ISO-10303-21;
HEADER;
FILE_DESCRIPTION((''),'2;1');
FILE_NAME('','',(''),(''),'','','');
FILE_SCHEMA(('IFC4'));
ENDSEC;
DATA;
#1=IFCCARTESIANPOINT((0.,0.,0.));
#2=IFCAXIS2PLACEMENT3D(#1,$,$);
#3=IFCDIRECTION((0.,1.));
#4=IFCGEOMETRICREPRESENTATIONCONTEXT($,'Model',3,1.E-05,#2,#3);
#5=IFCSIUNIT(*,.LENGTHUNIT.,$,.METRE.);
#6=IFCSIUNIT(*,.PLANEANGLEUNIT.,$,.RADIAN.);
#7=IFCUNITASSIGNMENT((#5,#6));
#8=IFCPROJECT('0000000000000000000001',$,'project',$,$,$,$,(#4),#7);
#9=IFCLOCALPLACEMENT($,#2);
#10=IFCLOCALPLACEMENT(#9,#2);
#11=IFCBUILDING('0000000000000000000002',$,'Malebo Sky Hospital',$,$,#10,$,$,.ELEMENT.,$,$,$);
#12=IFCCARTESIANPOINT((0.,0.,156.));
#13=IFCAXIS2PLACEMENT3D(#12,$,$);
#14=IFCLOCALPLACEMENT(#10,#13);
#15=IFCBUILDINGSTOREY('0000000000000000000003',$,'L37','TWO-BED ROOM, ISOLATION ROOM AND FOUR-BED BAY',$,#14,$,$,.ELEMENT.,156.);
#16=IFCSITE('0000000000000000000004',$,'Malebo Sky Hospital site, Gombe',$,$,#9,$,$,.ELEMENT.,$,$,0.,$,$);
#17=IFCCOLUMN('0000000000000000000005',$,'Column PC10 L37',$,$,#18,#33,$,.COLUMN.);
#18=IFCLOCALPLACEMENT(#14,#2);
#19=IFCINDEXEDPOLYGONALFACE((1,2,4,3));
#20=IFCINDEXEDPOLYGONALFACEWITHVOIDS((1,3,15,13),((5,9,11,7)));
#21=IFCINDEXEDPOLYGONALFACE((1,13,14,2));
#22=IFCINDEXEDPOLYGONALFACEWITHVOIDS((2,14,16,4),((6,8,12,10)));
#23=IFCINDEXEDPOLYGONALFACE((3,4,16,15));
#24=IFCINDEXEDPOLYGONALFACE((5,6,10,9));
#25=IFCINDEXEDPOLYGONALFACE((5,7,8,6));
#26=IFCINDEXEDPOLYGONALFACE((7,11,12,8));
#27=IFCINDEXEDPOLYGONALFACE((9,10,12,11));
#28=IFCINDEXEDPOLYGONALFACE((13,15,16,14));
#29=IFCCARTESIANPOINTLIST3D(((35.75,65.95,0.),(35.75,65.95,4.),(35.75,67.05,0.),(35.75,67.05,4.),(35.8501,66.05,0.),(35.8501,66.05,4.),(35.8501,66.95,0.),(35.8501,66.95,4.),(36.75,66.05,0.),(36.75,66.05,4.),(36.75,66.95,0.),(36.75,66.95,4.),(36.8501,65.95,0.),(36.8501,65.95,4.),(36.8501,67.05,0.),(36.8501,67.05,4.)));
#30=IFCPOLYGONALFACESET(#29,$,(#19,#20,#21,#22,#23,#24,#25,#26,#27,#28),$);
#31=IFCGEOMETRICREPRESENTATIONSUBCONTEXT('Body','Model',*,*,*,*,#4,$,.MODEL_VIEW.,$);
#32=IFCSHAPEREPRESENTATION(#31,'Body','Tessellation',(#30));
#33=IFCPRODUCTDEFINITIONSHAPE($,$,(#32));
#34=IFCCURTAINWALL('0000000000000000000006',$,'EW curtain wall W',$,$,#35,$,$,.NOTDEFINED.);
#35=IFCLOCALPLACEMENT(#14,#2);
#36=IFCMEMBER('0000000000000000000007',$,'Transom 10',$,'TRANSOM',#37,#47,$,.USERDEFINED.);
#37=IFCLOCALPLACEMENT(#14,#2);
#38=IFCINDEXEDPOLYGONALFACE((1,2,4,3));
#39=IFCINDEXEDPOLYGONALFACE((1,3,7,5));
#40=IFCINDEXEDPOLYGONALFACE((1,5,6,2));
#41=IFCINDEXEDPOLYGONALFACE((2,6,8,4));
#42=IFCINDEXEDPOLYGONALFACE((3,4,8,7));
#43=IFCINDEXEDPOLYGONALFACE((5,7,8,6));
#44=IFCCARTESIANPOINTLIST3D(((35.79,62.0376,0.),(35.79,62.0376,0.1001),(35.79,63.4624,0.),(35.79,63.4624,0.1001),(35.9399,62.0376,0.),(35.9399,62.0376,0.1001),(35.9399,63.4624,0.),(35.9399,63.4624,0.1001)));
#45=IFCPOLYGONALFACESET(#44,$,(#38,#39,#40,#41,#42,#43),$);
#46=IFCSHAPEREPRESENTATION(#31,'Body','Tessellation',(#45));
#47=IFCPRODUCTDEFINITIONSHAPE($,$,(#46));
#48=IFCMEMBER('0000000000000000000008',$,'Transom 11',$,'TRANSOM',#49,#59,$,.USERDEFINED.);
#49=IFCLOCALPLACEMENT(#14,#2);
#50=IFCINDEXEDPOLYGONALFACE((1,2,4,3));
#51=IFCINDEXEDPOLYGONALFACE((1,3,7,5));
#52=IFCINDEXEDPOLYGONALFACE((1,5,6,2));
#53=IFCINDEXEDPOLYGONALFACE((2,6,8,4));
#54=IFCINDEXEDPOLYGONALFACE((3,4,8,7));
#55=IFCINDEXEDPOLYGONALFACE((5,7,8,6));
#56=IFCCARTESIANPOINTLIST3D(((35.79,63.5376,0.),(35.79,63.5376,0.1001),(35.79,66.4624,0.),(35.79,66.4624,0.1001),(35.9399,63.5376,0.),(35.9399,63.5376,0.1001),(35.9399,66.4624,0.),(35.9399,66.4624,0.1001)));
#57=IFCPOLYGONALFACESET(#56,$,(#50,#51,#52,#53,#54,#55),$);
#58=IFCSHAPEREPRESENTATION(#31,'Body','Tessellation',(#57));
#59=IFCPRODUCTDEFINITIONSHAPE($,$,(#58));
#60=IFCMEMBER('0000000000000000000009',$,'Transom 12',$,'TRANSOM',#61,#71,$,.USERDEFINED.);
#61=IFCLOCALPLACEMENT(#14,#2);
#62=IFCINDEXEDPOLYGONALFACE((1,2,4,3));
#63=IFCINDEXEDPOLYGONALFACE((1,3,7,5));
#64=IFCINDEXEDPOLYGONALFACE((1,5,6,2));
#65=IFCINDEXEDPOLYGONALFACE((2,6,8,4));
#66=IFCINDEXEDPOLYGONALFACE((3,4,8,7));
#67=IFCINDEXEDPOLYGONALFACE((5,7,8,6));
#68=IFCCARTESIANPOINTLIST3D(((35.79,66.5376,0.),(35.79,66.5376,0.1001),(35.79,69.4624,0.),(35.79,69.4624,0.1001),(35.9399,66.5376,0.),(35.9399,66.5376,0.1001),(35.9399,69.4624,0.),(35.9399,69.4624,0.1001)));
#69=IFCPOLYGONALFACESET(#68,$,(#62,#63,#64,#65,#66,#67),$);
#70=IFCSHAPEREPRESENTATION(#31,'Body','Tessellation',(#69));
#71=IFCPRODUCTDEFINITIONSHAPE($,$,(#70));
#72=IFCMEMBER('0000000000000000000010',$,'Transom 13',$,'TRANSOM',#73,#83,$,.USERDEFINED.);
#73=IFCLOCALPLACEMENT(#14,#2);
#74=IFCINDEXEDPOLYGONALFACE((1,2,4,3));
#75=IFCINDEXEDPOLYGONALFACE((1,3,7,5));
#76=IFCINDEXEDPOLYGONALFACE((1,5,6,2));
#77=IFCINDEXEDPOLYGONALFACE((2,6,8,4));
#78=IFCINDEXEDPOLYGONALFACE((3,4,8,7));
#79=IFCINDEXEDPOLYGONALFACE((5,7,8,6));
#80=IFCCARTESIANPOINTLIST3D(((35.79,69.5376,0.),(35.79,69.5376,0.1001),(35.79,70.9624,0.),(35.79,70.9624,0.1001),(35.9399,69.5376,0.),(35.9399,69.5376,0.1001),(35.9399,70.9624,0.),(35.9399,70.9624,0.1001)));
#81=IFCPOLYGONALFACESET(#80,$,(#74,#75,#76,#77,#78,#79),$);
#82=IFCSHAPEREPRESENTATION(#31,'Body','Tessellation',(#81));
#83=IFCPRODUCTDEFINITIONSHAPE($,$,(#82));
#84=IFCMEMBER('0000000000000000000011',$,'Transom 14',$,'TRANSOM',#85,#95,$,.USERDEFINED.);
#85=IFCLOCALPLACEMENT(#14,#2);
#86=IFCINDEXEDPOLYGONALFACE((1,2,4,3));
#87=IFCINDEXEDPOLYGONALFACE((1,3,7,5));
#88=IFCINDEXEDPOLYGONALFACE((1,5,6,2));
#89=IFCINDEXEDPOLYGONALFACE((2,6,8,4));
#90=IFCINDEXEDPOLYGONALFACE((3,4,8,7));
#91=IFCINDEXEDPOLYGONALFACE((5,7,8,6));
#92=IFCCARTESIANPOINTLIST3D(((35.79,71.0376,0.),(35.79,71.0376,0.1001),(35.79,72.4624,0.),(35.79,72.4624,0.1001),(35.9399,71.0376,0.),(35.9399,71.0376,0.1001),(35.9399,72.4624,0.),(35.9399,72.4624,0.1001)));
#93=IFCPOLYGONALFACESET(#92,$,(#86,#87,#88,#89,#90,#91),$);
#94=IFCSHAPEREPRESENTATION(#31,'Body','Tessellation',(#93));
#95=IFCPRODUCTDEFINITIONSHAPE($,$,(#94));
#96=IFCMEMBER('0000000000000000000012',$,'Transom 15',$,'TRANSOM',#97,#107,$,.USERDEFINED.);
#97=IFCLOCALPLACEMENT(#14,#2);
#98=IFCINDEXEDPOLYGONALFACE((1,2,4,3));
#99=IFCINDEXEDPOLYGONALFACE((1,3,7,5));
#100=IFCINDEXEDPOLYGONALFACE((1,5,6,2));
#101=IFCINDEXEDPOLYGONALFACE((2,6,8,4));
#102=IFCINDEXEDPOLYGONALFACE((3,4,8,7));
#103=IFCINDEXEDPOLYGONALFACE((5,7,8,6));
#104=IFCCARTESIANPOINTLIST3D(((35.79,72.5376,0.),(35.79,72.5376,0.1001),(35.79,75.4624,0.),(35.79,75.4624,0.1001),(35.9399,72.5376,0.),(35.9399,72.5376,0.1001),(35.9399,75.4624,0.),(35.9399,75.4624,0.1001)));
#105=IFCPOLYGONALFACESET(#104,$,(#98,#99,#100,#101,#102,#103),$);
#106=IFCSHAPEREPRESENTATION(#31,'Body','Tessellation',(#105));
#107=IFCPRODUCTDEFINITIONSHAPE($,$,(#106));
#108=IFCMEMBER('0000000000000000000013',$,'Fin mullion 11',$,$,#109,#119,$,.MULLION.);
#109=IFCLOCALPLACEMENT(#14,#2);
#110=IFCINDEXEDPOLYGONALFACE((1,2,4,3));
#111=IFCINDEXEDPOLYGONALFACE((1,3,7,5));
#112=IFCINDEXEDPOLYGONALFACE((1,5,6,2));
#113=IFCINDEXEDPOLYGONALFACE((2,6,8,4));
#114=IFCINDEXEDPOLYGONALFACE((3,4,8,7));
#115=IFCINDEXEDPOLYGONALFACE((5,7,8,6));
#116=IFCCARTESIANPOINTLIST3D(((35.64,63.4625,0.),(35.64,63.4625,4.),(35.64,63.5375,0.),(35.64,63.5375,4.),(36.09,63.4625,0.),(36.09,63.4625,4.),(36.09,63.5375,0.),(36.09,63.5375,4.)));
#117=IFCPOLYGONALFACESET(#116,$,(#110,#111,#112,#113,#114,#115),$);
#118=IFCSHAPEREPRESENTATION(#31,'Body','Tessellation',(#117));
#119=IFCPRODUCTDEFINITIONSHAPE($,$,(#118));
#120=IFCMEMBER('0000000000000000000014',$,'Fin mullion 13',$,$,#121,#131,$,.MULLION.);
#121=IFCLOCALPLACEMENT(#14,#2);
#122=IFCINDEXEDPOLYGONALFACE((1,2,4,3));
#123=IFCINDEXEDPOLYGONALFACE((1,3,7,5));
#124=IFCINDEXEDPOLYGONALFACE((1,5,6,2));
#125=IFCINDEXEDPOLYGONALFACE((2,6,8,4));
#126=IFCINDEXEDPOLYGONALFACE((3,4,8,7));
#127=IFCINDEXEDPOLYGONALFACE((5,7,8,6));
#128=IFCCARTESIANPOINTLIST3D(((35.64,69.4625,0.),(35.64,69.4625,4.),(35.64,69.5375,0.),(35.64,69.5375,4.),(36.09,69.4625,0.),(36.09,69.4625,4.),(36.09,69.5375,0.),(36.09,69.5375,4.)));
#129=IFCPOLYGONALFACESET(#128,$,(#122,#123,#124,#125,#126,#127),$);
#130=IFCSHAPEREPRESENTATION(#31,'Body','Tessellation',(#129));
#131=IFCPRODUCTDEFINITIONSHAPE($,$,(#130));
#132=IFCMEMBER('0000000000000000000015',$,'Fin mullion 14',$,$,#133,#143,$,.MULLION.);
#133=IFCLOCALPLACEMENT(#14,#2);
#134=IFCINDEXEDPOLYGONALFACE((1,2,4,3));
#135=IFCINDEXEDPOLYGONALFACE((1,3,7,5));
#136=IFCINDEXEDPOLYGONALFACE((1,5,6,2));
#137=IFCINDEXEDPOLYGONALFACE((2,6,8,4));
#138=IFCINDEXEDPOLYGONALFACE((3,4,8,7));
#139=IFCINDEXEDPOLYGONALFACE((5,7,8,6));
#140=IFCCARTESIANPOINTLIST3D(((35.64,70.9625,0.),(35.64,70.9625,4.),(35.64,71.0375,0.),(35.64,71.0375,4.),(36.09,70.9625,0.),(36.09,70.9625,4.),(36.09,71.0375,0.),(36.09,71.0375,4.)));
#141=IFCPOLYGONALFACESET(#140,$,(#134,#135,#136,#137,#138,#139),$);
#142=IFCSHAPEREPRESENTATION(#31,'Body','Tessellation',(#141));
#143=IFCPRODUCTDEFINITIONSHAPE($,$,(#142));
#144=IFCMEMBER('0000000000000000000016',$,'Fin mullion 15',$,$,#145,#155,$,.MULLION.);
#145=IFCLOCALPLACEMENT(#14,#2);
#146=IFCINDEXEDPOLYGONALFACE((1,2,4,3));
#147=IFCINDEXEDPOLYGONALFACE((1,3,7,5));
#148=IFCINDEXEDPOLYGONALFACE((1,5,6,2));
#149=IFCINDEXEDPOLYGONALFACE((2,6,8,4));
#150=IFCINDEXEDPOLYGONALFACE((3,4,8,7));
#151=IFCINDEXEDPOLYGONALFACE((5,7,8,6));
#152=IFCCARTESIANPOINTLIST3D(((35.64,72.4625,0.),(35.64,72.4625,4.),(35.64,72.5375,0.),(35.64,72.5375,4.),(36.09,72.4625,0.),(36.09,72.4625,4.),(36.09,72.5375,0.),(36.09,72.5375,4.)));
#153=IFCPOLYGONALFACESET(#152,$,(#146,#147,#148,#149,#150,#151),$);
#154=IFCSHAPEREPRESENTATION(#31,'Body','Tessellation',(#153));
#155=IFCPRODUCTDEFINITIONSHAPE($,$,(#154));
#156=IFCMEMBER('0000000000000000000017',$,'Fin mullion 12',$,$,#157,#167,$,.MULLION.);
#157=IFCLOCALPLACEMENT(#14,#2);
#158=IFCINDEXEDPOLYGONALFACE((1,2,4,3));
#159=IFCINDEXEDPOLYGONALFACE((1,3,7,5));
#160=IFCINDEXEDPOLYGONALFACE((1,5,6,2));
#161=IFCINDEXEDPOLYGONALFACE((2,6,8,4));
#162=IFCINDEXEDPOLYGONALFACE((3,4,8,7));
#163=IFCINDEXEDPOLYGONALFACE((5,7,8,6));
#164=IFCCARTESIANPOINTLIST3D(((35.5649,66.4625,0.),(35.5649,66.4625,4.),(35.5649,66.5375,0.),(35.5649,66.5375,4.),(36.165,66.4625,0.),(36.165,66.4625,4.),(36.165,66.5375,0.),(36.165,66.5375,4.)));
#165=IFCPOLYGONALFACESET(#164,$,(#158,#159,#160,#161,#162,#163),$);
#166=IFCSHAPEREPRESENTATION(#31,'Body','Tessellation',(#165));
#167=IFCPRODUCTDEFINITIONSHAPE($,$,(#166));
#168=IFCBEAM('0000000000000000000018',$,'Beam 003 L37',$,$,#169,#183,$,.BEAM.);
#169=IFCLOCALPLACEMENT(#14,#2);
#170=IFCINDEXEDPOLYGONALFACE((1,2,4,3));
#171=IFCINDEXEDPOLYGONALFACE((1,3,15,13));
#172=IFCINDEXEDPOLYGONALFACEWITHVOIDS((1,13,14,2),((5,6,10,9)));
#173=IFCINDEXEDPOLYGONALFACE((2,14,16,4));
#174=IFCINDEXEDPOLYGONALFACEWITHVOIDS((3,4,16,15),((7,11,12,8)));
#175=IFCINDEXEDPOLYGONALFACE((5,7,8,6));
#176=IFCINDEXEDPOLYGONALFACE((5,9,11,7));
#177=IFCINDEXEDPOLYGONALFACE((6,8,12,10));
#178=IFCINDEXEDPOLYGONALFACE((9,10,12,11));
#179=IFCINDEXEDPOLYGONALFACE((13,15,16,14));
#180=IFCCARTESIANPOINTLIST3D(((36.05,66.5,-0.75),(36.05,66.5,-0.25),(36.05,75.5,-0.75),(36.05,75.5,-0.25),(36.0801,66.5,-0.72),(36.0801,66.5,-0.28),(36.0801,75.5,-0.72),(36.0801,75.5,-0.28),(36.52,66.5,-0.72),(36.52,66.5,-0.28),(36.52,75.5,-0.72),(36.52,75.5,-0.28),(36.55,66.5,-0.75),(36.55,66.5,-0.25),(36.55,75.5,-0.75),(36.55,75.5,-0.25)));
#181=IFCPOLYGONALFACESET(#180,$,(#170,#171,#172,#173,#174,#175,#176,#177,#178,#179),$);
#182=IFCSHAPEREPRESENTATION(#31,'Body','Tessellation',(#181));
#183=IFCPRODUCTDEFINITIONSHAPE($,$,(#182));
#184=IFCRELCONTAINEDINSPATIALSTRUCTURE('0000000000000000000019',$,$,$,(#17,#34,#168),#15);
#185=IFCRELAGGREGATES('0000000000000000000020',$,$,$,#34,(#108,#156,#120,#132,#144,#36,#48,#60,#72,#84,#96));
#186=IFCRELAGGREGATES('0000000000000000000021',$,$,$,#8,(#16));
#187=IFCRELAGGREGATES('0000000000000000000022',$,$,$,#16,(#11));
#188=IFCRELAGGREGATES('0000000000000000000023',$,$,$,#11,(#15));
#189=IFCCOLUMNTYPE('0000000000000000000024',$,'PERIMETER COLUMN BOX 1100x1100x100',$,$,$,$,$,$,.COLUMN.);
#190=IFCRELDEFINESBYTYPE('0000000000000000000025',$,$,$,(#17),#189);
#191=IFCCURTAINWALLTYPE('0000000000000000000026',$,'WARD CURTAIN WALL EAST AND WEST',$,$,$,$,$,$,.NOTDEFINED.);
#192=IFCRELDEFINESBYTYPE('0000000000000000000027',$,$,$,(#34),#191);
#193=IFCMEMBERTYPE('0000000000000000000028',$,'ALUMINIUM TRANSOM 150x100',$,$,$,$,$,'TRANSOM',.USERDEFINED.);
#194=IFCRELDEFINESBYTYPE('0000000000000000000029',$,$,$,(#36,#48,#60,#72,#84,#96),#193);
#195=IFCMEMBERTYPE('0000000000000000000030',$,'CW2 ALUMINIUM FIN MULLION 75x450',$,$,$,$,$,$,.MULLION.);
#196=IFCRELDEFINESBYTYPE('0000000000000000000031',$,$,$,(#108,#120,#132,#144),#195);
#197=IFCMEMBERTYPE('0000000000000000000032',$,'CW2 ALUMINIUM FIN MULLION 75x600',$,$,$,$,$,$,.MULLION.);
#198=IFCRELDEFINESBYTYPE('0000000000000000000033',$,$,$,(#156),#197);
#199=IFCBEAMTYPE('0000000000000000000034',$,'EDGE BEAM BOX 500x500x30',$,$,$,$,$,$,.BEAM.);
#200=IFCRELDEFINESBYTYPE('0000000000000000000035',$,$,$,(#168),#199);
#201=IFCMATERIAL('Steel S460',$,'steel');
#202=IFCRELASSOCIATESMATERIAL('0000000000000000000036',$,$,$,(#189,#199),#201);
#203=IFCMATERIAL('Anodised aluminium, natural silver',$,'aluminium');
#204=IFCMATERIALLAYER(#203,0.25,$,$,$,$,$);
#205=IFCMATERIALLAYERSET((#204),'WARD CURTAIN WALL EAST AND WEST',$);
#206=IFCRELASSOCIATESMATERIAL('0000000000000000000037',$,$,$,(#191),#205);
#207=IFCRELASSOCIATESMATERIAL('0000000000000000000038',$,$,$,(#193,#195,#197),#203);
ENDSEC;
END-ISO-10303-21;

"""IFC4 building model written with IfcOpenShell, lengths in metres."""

from ifc_helpers import new_model, si_unit, direction, frame, origin, origin_2d, place, context, subcontext, project, spatial, rectangle, hollow_rectangle, extrude, material, layer, layer_set, material_profile, profile_set, type_object, element, aggregate, save


model = new_model("IFC4")

# Units and contexts
model_context = context("Model", 3, precision=1e-05, world=origin(), true_north=direction((0.0, 1.0)))
body_context = subcontext(model_context, "Body", "Model", "MODEL_VIEW")
ifc_project = project(units=[si_unit("LENGTHUNIT", "METRE"), si_unit("PLANEANGLEUNIT", "RADIAN")], contexts=[model_context])

# Site, building, storey
site_placement = place(None, origin())
site = spatial("IfcSite", under=ifc_project, at=site_placement, Name="Malebo Sky Hospital site, Gombe", CompositionType="ELEMENT", RefElevation=0.0)
building_placement = place(site_placement, origin())
building = spatial("IfcBuilding", under=site, at=building_placement, Name="Malebo Sky Hospital", CompositionType="ELEMENT")
storey_placement = place(building_placement, frame((0.0, 0.0, 156.0)))
storey = spatial("IfcBuildingStorey", under=building, at=storey_placement, Name="L37", Description="TWO-BED ROOM, ISOLATION ROOM AND FOUR-BED BAY", CompositionType="ELEMENT", Elevation=156.0)

# Column
ifc_material_1 = material(Name="Steel S460", Category="steel")
ifc_material_profile_1 = material_profile(ifc_material_1, hollow_rectangle(XDim=1.1001, YDim=1.1001, WallThickness=0.1001, at=origin_2d()), Name="BOX 1100x1100x100")
ifc_profile_set_1 = profile_set([ifc_material_profile_1], Name="Steel S460")
column_type = type_object("IfcColumnType", Name="PERIMETER COLUMN BOX 1100x1100x100", PredefinedType="COLUMN", material=ifc_profile_set_1)
column_placement = place(storey_placement, frame((36.3, 66.5, 0.0), z_axis=(0.0, 0.0, 1.0), x_axis=(1.0, 0.0, 0.0)))
element("IfcColumn", 1, at=column_placement, inside=storey, type_object=column_type, Name="Column PC10 L37", PredefinedType="COLUMN", context=body_context, shape_type="SweptSolid", body=[
    extrude(hollow_rectangle(XDim=1.1001, YDim=1.1001, WallThickness=0.1001, at=origin_2d()), origin(), (0.0, 0.0, 1.0), 4.0),
])

# Curtain wall, members
ifc_material_2 = material(Name="Anodised aluminium, natural silver", Category="aluminium")
ifc_layer_1 = layer(ifc_material_2, 0.25)
ifc_layer_set_1 = layer_set([ifc_layer_1], Name="WARD CURTAIN WALL EAST AND WEST")
curtain_wall_type = type_object("IfcCurtainWallType", Name="WARD CURTAIN WALL EAST AND WEST", PredefinedType="NOTDEFINED", material=ifc_layer_set_1)
curtain_wall_placement = place(storey_placement, origin())
curtain_wall = element("IfcCurtainWall", 2, at=curtain_wall_placement, inside=storey, type_object=curtain_wall_type, Name="EW curtain wall W", PredefinedType="NOTDEFINED")
ifc_material_profile_2 = material_profile(ifc_material_2, rectangle(XDim=0.1499, YDim=0.1001, at=origin_2d()), Name="ALUMINIUM TRANSOM 150x100")
ifc_profile_set_2 = profile_set([ifc_material_profile_2], Name="Anodised aluminium, natural silver")
member_type_1 = type_object("IfcMemberType", Name="ALUMINIUM TRANSOM 150x100", ElementType="TRANSOM", PredefinedType="USERDEFINED", material=ifc_profile_set_2)
member_1_placement = place(storey_placement, frame((35.865, 62.0376, 0.05), z_axis=(0.0, 1.0, 0.0), x_axis=(-1.0, 0.0, 0.0)))
member_1 = element("IfcMember", 3, at=member_1_placement, type_object=member_type_1, Name="Transom 10", ObjectType="TRANSOM", PredefinedType="USERDEFINED", context=body_context, shape_type="SweptSolid", body=[
    extrude(rectangle(XDim=0.1499, YDim=0.1001, at=origin_2d()), origin(), (0.0, 0.0, 1.0), 1.4248),
])
member_2_placement = place(storey_placement, frame((35.865, 63.5376, 0.05), z_axis=(0.0, 1.0, 0.0), x_axis=(-1.0, 0.0, 0.0)))
member_2 = element("IfcMember", 4, at=member_2_placement, type_object=member_type_1, Name="Transom 11", ObjectType="TRANSOM", PredefinedType="USERDEFINED", context=body_context, shape_type="SweptSolid", body=[
    extrude(rectangle(XDim=0.1499, YDim=0.1001, at=origin_2d()), origin(), (0.0, 0.0, 1.0), 2.9248),
])
member_3_placement = place(storey_placement, frame((35.865, 66.5376, 0.05), z_axis=(0.0, 1.0, 0.0), x_axis=(-1.0, 0.0, 0.0)))
member_3 = element("IfcMember", 5, at=member_3_placement, type_object=member_type_1, Name="Transom 12", ObjectType="TRANSOM", PredefinedType="USERDEFINED", context=body_context, shape_type="SweptSolid", body=[
    extrude(rectangle(XDim=0.1499, YDim=0.1001, at=origin_2d()), origin(), (0.0, 0.0, 1.0), 2.9248),
])
member_4_placement = place(storey_placement, frame((35.865, 69.5376, 0.05), z_axis=(0.0, 1.0, 0.0), x_axis=(-1.0, 0.0, 0.0)))
member_4 = element("IfcMember", 6, at=member_4_placement, type_object=member_type_1, Name="Transom 13", ObjectType="TRANSOM", PredefinedType="USERDEFINED", context=body_context, shape_type="SweptSolid", body=[
    extrude(rectangle(XDim=0.1499, YDim=0.1001, at=origin_2d()), origin(), (0.0, 0.0, 1.0), 1.4248),
])
member_5_placement = place(storey_placement, frame((35.865, 71.0376, 0.05), z_axis=(0.0, 1.0, 0.0), x_axis=(-1.0, 0.0, 0.0)))
member_5 = element("IfcMember", 7, at=member_5_placement, type_object=member_type_1, Name="Transom 14", ObjectType="TRANSOM", PredefinedType="USERDEFINED", context=body_context, shape_type="SweptSolid", body=[
    extrude(rectangle(XDim=0.1499, YDim=0.1001, at=origin_2d()), origin(), (0.0, 0.0, 1.0), 1.4248),
])
member_6_placement = place(storey_placement, frame((35.865, 72.5376, 0.05), z_axis=(0.0, 1.0, 0.0), x_axis=(-1.0, 0.0, 0.0)))
member_6 = element("IfcMember", 8, at=member_6_placement, type_object=member_type_1, Name="Transom 15", ObjectType="TRANSOM", PredefinedType="USERDEFINED", context=body_context, shape_type="SweptSolid", body=[
    extrude(rectangle(XDim=0.1499, YDim=0.1001, at=origin_2d()), origin(), (0.0, 0.0, 1.0), 2.9248),
])
ifc_material_profile_3 = material_profile(ifc_material_2, rectangle(XDim=0.075, YDim=0.45, at=origin_2d()), Name="CW2 ALUMINIUM FIN MULLION 75x450")
ifc_profile_set_3 = profile_set([ifc_material_profile_3], Name="Anodised aluminium, natural silver")
member_type_2 = type_object("IfcMemberType", Name="CW2 ALUMINIUM FIN MULLION 75x450", PredefinedType="MULLION", material=ifc_profile_set_3)
member_7_placement = place(storey_placement, frame((35.865, 63.5, 0.0), z_axis=(0.0, 0.0, 1.0), x_axis=(0.0, 1.0, 0.0)))
member_7 = element("IfcMember", 9, at=member_7_placement, type_object=member_type_2, Name="Fin mullion 11", PredefinedType="MULLION", context=body_context, shape_type="SweptSolid", body=[
    extrude(rectangle(XDim=0.075, YDim=0.45, at=origin_2d()), origin(), (0.0, 0.0, 1.0), 4.0),
])
member_8_placement = place(storey_placement, frame((35.865, 69.5, 0.0), z_axis=(0.0, 0.0, 1.0), x_axis=(0.0, 1.0, 0.0)))
member_8 = element("IfcMember", 10, at=member_8_placement, type_object=member_type_2, Name="Fin mullion 13", PredefinedType="MULLION", context=body_context, shape_type="SweptSolid", body=[
    extrude(rectangle(XDim=0.075, YDim=0.45, at=origin_2d()), origin(), (0.0, 0.0, 1.0), 4.0),
])
member_9_placement = place(storey_placement, frame((35.865, 71.0, 0.0), z_axis=(0.0, 0.0, 1.0), x_axis=(0.0, 1.0, 0.0)))
member_9 = element("IfcMember", 11, at=member_9_placement, type_object=member_type_2, Name="Fin mullion 14", PredefinedType="MULLION", context=body_context, shape_type="SweptSolid", body=[
    extrude(rectangle(XDim=0.075, YDim=0.45, at=origin_2d()), origin(), (0.0, 0.0, 1.0), 4.0),
])
member_10_placement = place(storey_placement, frame((35.865, 72.5, 0.0), z_axis=(0.0, 0.0, 1.0), x_axis=(0.0, 1.0, 0.0)))
member_10 = element("IfcMember", 12, at=member_10_placement, type_object=member_type_2, Name="Fin mullion 15", PredefinedType="MULLION", context=body_context, shape_type="SweptSolid", body=[
    extrude(rectangle(XDim=0.075, YDim=0.45, at=origin_2d()), origin(), (0.0, 0.0, 1.0), 4.0),
])
ifc_material_profile_4 = material_profile(ifc_material_2, rectangle(XDim=0.075, YDim=0.6001, at=origin_2d()), Name="CW2 ALUMINIUM FIN MULLION 75x600")
ifc_profile_set_4 = profile_set([ifc_material_profile_4], Name="Anodised aluminium, natural silver")
member_type_3 = type_object("IfcMemberType", Name="CW2 ALUMINIUM FIN MULLION 75x600", PredefinedType="MULLION", material=ifc_profile_set_4)
member_11_placement = place(storey_placement, frame((35.865, 66.5, 0.0), z_axis=(0.0, 0.0, 1.0), x_axis=(0.0, 1.0, 0.0)))
member_11 = element("IfcMember", 13, at=member_11_placement, type_object=member_type_3, Name="Fin mullion 12", PredefinedType="MULLION", context=body_context, shape_type="SweptSolid", body=[
    extrude(rectangle(XDim=0.075, YDim=0.6001, at=origin_2d()), origin(), (0.0, 0.0, 1.0), 4.0),
])

# Beam
ifc_material_profile_5 = material_profile(ifc_material_1, hollow_rectangle(XDim=0.5, YDim=0.5, WallThickness=0.03, at=origin_2d()), Name="BOX 500x500x30")
ifc_profile_set_5 = profile_set([ifc_material_profile_5], Name="Steel S460")
beam_type_1 = type_object("IfcBeamType", Name="EDGE BEAM BOX 500x500x30", PredefinedType="BEAM", material=ifc_profile_set_5)
beam_1_placement = place(storey_placement, frame((36.3, 66.5, -0.5), z_axis=(0.0, 1.0, 0.0), x_axis=(-1.0, 0.0, 0.0)))
element("IfcBeam", 14, at=beam_1_placement, inside=storey, type_object=beam_type_1, Name="Beam 003 L37", PredefinedType="BEAM", context=body_context, shape_type="SweptSolid", body=[
    extrude(hollow_rectangle(XDim=0.5, YDim=0.5, WallThickness=0.03, at=origin_2d()), origin(), (0.0, 0.0, 1.0), 9.0),
])

aggregate(curtain_wall, [member_7, member_11, member_8, member_9, member_10, member_1, member_2, member_3, member_4, member_5, member_6])

save(model, "model.ifc")
